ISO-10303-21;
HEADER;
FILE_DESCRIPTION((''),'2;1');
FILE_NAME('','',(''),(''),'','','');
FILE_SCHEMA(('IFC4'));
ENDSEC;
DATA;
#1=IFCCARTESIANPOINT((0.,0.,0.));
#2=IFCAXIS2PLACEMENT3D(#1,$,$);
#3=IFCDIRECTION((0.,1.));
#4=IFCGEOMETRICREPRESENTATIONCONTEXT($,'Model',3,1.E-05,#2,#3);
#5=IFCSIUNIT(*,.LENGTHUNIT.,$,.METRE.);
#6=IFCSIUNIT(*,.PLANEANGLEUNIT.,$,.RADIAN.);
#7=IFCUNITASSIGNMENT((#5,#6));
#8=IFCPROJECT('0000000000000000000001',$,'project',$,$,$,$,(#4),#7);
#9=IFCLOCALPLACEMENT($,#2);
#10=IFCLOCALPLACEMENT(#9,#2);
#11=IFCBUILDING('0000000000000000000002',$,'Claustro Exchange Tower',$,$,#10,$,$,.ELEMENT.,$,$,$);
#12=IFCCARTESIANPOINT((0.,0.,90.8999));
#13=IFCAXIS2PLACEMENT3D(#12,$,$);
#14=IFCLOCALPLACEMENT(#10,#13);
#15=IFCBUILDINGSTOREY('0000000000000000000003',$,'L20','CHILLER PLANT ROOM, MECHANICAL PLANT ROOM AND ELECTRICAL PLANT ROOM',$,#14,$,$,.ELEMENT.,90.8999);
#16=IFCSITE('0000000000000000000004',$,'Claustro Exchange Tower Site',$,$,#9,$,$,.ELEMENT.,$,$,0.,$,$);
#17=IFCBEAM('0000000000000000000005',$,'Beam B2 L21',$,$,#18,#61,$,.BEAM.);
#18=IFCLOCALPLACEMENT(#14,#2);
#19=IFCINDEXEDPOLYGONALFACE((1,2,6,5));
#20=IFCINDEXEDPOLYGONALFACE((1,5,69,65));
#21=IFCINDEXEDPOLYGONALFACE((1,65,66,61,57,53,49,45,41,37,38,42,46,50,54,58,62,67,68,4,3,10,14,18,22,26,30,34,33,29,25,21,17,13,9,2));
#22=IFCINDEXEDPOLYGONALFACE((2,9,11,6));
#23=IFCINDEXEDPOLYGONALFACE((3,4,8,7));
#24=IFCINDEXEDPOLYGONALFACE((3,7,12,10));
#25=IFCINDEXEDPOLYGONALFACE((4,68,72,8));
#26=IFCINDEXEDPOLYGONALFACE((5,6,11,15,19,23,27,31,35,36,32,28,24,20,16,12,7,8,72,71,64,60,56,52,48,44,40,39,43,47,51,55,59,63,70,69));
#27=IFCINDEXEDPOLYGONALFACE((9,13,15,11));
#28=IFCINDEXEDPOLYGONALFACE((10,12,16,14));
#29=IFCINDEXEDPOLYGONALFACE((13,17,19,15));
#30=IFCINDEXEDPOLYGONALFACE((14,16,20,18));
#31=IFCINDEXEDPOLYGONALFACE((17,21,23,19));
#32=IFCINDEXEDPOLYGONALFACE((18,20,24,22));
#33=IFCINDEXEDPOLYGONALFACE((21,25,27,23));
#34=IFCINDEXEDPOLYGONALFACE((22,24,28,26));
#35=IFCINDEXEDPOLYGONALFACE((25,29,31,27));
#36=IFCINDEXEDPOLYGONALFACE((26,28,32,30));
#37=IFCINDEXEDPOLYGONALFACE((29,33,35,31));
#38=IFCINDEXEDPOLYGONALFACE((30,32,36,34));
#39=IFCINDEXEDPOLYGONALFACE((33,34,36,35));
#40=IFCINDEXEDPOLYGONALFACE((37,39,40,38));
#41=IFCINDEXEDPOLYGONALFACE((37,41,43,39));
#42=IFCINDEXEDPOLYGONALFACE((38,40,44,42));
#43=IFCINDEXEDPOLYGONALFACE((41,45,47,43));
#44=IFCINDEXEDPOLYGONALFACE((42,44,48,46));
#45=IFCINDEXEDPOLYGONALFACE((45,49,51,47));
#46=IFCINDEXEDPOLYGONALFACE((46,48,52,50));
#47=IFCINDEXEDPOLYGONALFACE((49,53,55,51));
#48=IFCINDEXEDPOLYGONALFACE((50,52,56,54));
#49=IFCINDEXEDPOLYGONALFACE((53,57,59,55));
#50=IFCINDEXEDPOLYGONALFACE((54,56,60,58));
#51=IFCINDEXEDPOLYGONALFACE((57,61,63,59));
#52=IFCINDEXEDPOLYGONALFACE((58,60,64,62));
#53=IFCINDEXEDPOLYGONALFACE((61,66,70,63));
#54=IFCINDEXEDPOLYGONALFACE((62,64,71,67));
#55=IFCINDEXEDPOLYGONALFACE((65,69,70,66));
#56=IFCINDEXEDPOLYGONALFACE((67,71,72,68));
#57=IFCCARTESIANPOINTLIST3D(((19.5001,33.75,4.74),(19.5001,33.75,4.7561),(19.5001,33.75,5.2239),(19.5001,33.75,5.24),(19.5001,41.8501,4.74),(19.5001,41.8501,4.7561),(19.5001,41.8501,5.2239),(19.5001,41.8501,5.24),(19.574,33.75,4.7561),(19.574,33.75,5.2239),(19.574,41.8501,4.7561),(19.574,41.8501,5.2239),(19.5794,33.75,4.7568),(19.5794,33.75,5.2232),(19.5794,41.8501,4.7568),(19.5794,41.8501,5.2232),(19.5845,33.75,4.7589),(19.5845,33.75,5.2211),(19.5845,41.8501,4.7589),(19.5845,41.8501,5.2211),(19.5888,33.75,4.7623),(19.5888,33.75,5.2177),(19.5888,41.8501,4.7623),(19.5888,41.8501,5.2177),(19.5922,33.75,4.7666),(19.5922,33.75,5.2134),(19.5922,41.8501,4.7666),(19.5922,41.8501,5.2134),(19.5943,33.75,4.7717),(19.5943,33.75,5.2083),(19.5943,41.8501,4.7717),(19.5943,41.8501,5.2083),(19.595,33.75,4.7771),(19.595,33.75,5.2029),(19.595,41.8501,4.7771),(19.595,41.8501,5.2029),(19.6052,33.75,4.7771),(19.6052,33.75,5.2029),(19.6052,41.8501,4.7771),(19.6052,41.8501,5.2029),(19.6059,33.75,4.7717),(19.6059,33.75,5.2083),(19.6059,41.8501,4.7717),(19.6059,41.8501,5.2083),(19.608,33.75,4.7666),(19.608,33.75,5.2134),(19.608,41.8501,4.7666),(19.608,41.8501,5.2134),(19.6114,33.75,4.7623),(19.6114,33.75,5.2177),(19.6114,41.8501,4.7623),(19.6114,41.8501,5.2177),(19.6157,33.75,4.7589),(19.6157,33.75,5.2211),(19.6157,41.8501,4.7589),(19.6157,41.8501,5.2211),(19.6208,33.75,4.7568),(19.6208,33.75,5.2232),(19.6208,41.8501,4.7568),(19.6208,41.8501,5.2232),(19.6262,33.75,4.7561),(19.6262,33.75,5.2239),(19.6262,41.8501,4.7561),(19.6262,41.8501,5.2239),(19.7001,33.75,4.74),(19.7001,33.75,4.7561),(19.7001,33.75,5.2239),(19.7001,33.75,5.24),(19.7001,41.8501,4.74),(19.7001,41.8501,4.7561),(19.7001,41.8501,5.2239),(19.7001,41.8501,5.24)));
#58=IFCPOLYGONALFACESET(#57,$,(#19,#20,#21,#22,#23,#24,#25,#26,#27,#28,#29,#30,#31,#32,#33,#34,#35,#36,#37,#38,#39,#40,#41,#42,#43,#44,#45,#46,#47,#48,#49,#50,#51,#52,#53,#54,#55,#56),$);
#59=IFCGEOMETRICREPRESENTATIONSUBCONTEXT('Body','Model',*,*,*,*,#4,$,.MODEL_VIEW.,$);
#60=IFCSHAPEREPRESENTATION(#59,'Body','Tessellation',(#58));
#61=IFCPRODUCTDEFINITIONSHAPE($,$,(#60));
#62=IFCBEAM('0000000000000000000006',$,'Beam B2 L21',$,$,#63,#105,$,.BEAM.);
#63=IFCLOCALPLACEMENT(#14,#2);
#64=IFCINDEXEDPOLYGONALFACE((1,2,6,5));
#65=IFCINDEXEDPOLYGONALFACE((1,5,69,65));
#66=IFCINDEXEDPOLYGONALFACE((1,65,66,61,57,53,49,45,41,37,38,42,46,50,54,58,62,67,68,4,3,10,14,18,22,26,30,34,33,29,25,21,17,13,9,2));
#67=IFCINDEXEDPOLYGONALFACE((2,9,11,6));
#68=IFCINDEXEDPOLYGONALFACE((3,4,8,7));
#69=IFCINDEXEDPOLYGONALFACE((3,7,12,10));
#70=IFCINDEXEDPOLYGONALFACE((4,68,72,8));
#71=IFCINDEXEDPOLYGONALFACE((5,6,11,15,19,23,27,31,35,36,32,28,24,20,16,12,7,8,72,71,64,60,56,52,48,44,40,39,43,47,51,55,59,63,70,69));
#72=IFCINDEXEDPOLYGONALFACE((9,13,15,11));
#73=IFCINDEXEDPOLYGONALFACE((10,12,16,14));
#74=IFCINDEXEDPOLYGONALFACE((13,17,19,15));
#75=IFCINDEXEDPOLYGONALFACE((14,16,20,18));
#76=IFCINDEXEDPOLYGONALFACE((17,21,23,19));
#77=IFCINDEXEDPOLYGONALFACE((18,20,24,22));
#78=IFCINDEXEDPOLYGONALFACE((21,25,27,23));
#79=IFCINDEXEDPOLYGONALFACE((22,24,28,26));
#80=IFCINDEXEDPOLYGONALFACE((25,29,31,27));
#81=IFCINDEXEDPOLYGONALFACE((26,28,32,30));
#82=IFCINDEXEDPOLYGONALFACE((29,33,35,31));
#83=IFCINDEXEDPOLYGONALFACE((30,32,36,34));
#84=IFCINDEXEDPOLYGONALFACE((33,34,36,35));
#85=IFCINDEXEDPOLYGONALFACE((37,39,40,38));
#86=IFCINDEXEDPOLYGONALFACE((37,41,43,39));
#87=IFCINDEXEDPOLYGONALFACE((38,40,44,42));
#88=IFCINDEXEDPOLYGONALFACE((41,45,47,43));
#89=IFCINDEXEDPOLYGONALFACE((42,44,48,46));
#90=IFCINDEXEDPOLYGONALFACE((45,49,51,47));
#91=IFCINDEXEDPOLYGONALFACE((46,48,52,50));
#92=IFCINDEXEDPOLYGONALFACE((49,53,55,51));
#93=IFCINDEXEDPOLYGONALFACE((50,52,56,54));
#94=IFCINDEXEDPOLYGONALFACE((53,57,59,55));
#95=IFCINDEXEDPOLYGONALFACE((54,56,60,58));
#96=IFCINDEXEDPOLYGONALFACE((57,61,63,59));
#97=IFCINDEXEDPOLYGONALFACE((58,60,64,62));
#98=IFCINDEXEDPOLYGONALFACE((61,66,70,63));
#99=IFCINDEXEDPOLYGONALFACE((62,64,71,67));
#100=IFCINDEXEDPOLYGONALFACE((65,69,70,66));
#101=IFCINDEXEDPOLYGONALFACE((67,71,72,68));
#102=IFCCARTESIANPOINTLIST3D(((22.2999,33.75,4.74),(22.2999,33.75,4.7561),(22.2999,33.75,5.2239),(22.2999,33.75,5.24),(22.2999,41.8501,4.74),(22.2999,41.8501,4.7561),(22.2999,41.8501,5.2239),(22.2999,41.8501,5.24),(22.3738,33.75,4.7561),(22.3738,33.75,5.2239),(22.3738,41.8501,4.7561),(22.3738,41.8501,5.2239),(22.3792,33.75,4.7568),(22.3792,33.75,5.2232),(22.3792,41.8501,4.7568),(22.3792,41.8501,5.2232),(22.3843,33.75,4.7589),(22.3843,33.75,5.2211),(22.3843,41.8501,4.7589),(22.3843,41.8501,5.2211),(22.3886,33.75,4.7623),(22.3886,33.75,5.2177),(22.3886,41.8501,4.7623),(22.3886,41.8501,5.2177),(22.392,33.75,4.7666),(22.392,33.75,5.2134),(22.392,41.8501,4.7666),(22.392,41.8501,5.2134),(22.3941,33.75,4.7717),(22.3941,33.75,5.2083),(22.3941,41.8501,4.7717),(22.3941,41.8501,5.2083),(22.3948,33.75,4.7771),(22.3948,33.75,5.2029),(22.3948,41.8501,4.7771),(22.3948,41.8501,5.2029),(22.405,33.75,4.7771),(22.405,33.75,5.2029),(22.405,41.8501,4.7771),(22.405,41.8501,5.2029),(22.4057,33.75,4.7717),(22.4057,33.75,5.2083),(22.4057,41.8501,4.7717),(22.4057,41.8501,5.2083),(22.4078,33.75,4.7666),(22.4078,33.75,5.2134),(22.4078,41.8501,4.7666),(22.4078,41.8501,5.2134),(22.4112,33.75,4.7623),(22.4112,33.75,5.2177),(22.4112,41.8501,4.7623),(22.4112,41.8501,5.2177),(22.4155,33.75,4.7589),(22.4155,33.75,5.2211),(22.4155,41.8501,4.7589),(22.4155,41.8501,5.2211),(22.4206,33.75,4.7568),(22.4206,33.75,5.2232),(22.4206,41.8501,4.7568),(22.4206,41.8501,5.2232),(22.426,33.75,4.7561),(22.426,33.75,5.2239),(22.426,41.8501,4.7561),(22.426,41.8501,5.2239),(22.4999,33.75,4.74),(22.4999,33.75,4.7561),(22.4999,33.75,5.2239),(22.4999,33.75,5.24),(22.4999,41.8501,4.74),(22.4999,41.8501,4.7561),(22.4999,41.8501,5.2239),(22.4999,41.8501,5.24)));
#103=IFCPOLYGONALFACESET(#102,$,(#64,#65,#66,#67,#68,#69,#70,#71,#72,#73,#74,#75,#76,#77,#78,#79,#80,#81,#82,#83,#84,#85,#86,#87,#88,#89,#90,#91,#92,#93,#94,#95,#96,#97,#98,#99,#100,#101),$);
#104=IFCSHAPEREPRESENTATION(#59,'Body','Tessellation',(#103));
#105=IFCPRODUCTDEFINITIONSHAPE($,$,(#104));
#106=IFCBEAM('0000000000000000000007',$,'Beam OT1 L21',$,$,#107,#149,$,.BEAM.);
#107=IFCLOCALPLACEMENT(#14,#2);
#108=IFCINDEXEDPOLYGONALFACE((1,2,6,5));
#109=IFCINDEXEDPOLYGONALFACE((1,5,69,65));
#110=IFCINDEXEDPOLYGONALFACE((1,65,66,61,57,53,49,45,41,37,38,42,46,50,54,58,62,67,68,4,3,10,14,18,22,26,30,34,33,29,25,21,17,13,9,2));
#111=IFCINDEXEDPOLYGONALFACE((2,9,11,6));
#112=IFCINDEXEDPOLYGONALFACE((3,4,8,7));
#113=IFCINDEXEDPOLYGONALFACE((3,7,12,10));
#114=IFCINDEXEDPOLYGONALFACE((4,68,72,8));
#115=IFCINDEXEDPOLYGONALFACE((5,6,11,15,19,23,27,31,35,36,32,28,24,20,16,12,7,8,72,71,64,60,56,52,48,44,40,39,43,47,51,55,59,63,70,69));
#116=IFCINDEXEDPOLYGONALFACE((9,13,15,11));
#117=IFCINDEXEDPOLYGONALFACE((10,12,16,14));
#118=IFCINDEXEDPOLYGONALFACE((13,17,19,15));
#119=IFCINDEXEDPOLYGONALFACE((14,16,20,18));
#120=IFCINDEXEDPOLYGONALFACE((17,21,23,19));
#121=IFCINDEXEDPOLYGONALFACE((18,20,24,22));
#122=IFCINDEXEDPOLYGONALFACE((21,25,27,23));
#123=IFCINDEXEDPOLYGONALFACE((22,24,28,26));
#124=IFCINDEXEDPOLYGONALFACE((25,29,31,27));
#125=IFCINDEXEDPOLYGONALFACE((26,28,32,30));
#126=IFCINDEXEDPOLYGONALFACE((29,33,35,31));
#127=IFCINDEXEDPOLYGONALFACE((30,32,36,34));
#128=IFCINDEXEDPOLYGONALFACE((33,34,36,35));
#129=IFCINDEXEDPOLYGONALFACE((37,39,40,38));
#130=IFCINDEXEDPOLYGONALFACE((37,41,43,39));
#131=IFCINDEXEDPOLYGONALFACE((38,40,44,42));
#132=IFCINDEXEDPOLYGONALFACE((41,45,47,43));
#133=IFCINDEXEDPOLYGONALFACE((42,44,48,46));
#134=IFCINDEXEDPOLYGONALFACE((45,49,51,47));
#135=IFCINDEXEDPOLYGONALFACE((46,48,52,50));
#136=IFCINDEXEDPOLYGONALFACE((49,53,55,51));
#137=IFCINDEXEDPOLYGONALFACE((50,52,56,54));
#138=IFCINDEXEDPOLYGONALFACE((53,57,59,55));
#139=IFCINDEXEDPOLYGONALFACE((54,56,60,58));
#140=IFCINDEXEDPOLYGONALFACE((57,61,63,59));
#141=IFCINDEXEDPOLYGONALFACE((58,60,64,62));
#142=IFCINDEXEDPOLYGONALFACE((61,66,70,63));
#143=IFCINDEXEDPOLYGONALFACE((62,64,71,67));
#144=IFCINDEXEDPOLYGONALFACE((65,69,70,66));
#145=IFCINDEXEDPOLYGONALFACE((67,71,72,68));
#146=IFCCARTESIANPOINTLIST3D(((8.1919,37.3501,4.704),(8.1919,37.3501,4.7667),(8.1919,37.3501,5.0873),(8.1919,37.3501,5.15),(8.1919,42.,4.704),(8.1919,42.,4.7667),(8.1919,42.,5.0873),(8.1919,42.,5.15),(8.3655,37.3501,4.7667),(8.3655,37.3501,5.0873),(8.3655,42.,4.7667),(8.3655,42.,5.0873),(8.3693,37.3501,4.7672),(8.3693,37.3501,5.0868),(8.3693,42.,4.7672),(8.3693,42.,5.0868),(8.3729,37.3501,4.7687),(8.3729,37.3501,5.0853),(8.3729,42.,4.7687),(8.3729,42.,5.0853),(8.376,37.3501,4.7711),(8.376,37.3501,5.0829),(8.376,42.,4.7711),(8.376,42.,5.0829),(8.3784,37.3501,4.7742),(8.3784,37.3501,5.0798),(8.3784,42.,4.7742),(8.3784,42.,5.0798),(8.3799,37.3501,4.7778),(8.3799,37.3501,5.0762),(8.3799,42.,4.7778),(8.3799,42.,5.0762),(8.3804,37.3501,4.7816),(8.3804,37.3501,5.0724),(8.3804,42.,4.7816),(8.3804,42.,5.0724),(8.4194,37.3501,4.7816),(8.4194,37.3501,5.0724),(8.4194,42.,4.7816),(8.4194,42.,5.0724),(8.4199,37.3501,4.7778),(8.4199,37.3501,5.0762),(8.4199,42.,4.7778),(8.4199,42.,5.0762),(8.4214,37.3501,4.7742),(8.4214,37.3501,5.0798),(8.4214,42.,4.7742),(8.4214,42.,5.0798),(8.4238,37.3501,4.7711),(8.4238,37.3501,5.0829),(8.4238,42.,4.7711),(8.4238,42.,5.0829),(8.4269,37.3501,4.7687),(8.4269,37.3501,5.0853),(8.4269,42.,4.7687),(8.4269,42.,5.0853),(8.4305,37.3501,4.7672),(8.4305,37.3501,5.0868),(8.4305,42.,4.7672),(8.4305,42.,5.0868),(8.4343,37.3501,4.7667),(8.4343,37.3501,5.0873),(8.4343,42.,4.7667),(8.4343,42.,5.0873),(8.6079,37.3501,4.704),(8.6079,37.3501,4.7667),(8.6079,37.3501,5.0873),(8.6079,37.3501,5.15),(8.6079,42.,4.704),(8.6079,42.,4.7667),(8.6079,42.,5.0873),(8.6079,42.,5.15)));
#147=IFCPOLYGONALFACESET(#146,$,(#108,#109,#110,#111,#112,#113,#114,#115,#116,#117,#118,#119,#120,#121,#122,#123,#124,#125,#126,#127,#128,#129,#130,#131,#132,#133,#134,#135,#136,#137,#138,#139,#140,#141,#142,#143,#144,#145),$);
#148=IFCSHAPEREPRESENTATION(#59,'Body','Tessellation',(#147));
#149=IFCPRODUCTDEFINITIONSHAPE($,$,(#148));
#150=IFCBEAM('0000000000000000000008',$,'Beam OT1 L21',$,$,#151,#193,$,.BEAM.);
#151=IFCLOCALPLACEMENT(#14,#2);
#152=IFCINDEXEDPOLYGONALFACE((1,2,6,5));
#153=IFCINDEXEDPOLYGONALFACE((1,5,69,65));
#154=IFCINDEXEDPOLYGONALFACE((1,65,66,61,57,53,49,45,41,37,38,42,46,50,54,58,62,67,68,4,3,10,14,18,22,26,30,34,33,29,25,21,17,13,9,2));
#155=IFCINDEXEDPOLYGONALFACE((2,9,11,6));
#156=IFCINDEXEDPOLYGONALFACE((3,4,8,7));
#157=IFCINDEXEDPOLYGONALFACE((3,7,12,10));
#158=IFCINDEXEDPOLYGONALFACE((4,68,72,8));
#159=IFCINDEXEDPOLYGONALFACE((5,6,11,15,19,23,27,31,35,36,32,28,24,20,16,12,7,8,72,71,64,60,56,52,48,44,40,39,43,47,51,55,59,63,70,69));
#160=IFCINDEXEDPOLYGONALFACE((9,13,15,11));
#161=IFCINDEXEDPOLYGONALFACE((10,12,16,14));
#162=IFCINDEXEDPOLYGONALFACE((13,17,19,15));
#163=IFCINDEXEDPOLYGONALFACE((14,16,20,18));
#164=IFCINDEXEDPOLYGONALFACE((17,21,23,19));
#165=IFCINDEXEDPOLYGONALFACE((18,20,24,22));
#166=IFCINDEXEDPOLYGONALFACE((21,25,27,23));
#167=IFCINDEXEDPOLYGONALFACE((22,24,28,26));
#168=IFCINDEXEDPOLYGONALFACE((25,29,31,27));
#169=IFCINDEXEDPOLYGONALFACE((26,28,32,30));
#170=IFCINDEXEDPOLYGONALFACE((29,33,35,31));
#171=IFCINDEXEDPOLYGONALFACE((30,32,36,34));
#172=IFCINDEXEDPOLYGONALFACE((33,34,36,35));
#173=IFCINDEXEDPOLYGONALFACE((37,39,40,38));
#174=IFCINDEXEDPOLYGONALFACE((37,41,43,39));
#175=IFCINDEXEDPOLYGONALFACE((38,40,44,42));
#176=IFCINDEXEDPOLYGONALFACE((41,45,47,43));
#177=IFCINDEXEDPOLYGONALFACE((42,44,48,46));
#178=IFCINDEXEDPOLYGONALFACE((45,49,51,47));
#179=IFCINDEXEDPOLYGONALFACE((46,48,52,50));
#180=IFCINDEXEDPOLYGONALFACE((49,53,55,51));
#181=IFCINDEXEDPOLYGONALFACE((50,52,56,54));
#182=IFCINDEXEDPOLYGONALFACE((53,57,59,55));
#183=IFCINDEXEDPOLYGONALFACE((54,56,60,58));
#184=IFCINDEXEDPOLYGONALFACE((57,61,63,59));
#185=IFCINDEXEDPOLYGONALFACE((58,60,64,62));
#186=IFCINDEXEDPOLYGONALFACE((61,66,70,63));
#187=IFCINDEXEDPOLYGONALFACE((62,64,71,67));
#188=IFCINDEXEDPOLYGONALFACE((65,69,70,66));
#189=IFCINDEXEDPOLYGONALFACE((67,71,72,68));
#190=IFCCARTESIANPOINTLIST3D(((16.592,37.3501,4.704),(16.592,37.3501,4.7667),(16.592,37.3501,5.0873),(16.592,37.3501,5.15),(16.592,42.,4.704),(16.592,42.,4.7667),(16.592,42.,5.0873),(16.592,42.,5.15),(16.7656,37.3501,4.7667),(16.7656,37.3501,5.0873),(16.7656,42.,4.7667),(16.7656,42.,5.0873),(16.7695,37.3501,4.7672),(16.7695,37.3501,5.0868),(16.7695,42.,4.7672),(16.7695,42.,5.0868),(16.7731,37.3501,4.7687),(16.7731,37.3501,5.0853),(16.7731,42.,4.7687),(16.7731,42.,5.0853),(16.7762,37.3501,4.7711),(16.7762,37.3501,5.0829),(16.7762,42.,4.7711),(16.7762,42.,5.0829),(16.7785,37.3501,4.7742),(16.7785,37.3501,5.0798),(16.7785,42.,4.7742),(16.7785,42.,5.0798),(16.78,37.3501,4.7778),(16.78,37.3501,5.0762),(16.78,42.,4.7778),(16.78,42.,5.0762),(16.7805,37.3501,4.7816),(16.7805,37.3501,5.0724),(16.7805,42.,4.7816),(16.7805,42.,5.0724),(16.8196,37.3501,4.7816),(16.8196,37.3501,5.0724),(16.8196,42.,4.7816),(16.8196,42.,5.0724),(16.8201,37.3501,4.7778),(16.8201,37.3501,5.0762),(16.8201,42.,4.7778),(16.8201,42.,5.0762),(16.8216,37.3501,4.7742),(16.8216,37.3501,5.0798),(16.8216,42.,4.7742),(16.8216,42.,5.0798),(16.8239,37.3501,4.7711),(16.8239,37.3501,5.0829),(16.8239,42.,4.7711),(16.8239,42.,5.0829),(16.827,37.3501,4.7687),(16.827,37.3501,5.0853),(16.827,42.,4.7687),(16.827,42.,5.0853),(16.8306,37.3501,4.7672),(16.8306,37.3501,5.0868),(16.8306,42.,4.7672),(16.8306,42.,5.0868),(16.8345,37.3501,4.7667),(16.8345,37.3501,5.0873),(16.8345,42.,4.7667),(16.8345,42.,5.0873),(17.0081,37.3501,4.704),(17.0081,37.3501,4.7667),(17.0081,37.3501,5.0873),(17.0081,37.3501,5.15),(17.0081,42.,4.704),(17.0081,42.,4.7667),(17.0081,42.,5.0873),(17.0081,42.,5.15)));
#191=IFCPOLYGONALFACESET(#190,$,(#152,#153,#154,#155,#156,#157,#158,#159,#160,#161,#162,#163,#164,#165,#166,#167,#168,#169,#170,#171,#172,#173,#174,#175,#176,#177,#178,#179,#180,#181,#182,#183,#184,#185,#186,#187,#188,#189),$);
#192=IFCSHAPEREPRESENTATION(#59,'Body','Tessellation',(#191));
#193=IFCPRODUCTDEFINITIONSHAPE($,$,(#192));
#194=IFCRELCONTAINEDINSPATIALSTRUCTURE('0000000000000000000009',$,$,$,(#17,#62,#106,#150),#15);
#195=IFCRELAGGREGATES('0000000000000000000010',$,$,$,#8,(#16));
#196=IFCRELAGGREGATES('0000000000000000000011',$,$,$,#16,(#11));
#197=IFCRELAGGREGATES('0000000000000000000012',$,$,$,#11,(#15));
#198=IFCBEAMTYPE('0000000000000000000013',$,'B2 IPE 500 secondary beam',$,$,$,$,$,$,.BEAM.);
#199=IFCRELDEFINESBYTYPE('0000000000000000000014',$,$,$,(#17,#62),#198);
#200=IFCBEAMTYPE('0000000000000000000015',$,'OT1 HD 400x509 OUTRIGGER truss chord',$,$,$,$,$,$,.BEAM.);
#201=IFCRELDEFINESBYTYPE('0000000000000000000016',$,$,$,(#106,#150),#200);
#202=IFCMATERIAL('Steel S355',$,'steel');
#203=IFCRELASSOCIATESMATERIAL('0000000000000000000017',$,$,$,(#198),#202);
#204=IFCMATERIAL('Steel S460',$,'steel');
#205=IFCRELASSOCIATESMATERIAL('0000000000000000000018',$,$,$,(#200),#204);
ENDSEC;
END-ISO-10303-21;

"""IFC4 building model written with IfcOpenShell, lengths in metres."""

from ifc_helpers import new_model, si_unit, direction, frame, origin, origin_2d, place, context, subcontext, project, spatial, i_section, extrude, material, material_profile, profile_set, type_object, element, save


model = new_model("IFC4")

# Units and contexts
model_context = context("Model", 3, precision=1e-05, world=origin(), true_north=direction((0.0, 1.0)))
body_context = subcontext(model_context, "Body", "Model", "MODEL_VIEW")
ifc_project = project(units=[si_unit("LENGTHUNIT", "METRE"), si_unit("PLANEANGLEUNIT", "RADIAN")], contexts=[model_context])

# Site, building, storey
site_placement = place(None, origin())
site = spatial("IfcSite", under=ifc_project, at=site_placement, Name="Claustro Exchange Tower Site", CompositionType="ELEMENT", RefElevation=0.0)
building_placement = place(site_placement, origin())
building = spatial("IfcBuilding", under=site, at=building_placement, Name="Claustro Exchange Tower", CompositionType="ELEMENT")
storey_placement = place(building_placement, frame((0.0, 0.0, 90.8999)))
storey = spatial("IfcBuildingStorey", under=building, at=storey_placement, Name="L20", Description="CHILLER PLANT ROOM, MECHANICAL PLANT ROOM AND ELECTRICAL PLANT ROOM", CompositionType="ELEMENT", Elevation=90.8999)

# Beams
ifc_material_1 = material(Name="Steel S355", Category="steel")
ifc_material_profile_1 = material_profile(ifc_material_1, i_section(OverallWidth=0.2, OverallDepth=0.5, WebThickness=0.0103, FlangeThickness=0.0161, FilletRadius=0.021, at=origin_2d()), Name="IPE 500")
ifc_profile_set_1 = profile_set([ifc_material_profile_1], Name="Steel S355")
beam_type_1 = type_object("IfcBeamType", Name="B2 IPE 500 secondary beam", PredefinedType="BEAM", material=ifc_profile_set_1)
for number, where, z_axis, x_axis, name in (
    (1, (19.6001, 33.75, 4.99), (0.0, 1.0, 0.0), (-1.0, 0.0, 0.0), "Beam B2 L21"),
    (2, (22.3999, 33.75, 4.99), (0.0, 1.0, 0.0), (-1.0, 0.0, 0.0), "Beam B2 L21"),
):
    element("IfcBeam", number, at=place(storey_placement, frame(where, z_axis=z_axis, x_axis=x_axis)), inside=storey, type_object=beam_type_1, Name=name, PredefinedType="BEAM", context=body_context, shape_type="SweptSolid", body=[
        extrude(i_section(OverallWidth=0.2, OverallDepth=0.5, WebThickness=0.0103, FlangeThickness=0.0161, FilletRadius=0.021, at=origin_2d()), origin(), (0.0, 0.0, 1.0), 8.1001),
    ])
ifc_material_2 = material(Name="Steel S460", Category="steel")
ifc_material_profile_2 = material_profile(ifc_material_2, i_section(OverallWidth=0.416, OverallDepth=0.446, WebThickness=0.0391, FlangeThickness=0.0627, FilletRadius=0.0149, at=origin_2d()), Name="HD 400x509")
ifc_profile_set_2 = profile_set([ifc_material_profile_2], Name="Steel S460")
beam_type_2 = type_object("IfcBeamType", Name="OT1 HD 400x509 OUTRIGGER truss chord", PredefinedType="BEAM", material=ifc_profile_set_2)
for number, where, z_axis, x_axis, name in (
    (3, (8.3999, 37.3501, 4.927), (0.0, 1.0, 0.0), (-1.0, 0.0, 0.0), "Beam OT1 L21"),
    (4, (16.8, 37.3501, 4.927), (0.0, 1.0, 0.0), (-1.0, 0.0, 0.0), "Beam OT1 L21"),
):
    element("IfcBeam", number, at=place(storey_placement, frame(where, z_axis=z_axis, x_axis=x_axis)), inside=storey, type_object=beam_type_2, Name=name, PredefinedType="BEAM", context=body_context, shape_type="SweptSolid", body=[
        extrude(i_section(OverallWidth=0.416, OverallDepth=0.446, WebThickness=0.0391, FlangeThickness=0.0627, FilletRadius=0.0149, at=origin_2d()), origin(), (0.0, 0.0, 1.0), 4.6499),
    ])

save(model, "model.ifc")
